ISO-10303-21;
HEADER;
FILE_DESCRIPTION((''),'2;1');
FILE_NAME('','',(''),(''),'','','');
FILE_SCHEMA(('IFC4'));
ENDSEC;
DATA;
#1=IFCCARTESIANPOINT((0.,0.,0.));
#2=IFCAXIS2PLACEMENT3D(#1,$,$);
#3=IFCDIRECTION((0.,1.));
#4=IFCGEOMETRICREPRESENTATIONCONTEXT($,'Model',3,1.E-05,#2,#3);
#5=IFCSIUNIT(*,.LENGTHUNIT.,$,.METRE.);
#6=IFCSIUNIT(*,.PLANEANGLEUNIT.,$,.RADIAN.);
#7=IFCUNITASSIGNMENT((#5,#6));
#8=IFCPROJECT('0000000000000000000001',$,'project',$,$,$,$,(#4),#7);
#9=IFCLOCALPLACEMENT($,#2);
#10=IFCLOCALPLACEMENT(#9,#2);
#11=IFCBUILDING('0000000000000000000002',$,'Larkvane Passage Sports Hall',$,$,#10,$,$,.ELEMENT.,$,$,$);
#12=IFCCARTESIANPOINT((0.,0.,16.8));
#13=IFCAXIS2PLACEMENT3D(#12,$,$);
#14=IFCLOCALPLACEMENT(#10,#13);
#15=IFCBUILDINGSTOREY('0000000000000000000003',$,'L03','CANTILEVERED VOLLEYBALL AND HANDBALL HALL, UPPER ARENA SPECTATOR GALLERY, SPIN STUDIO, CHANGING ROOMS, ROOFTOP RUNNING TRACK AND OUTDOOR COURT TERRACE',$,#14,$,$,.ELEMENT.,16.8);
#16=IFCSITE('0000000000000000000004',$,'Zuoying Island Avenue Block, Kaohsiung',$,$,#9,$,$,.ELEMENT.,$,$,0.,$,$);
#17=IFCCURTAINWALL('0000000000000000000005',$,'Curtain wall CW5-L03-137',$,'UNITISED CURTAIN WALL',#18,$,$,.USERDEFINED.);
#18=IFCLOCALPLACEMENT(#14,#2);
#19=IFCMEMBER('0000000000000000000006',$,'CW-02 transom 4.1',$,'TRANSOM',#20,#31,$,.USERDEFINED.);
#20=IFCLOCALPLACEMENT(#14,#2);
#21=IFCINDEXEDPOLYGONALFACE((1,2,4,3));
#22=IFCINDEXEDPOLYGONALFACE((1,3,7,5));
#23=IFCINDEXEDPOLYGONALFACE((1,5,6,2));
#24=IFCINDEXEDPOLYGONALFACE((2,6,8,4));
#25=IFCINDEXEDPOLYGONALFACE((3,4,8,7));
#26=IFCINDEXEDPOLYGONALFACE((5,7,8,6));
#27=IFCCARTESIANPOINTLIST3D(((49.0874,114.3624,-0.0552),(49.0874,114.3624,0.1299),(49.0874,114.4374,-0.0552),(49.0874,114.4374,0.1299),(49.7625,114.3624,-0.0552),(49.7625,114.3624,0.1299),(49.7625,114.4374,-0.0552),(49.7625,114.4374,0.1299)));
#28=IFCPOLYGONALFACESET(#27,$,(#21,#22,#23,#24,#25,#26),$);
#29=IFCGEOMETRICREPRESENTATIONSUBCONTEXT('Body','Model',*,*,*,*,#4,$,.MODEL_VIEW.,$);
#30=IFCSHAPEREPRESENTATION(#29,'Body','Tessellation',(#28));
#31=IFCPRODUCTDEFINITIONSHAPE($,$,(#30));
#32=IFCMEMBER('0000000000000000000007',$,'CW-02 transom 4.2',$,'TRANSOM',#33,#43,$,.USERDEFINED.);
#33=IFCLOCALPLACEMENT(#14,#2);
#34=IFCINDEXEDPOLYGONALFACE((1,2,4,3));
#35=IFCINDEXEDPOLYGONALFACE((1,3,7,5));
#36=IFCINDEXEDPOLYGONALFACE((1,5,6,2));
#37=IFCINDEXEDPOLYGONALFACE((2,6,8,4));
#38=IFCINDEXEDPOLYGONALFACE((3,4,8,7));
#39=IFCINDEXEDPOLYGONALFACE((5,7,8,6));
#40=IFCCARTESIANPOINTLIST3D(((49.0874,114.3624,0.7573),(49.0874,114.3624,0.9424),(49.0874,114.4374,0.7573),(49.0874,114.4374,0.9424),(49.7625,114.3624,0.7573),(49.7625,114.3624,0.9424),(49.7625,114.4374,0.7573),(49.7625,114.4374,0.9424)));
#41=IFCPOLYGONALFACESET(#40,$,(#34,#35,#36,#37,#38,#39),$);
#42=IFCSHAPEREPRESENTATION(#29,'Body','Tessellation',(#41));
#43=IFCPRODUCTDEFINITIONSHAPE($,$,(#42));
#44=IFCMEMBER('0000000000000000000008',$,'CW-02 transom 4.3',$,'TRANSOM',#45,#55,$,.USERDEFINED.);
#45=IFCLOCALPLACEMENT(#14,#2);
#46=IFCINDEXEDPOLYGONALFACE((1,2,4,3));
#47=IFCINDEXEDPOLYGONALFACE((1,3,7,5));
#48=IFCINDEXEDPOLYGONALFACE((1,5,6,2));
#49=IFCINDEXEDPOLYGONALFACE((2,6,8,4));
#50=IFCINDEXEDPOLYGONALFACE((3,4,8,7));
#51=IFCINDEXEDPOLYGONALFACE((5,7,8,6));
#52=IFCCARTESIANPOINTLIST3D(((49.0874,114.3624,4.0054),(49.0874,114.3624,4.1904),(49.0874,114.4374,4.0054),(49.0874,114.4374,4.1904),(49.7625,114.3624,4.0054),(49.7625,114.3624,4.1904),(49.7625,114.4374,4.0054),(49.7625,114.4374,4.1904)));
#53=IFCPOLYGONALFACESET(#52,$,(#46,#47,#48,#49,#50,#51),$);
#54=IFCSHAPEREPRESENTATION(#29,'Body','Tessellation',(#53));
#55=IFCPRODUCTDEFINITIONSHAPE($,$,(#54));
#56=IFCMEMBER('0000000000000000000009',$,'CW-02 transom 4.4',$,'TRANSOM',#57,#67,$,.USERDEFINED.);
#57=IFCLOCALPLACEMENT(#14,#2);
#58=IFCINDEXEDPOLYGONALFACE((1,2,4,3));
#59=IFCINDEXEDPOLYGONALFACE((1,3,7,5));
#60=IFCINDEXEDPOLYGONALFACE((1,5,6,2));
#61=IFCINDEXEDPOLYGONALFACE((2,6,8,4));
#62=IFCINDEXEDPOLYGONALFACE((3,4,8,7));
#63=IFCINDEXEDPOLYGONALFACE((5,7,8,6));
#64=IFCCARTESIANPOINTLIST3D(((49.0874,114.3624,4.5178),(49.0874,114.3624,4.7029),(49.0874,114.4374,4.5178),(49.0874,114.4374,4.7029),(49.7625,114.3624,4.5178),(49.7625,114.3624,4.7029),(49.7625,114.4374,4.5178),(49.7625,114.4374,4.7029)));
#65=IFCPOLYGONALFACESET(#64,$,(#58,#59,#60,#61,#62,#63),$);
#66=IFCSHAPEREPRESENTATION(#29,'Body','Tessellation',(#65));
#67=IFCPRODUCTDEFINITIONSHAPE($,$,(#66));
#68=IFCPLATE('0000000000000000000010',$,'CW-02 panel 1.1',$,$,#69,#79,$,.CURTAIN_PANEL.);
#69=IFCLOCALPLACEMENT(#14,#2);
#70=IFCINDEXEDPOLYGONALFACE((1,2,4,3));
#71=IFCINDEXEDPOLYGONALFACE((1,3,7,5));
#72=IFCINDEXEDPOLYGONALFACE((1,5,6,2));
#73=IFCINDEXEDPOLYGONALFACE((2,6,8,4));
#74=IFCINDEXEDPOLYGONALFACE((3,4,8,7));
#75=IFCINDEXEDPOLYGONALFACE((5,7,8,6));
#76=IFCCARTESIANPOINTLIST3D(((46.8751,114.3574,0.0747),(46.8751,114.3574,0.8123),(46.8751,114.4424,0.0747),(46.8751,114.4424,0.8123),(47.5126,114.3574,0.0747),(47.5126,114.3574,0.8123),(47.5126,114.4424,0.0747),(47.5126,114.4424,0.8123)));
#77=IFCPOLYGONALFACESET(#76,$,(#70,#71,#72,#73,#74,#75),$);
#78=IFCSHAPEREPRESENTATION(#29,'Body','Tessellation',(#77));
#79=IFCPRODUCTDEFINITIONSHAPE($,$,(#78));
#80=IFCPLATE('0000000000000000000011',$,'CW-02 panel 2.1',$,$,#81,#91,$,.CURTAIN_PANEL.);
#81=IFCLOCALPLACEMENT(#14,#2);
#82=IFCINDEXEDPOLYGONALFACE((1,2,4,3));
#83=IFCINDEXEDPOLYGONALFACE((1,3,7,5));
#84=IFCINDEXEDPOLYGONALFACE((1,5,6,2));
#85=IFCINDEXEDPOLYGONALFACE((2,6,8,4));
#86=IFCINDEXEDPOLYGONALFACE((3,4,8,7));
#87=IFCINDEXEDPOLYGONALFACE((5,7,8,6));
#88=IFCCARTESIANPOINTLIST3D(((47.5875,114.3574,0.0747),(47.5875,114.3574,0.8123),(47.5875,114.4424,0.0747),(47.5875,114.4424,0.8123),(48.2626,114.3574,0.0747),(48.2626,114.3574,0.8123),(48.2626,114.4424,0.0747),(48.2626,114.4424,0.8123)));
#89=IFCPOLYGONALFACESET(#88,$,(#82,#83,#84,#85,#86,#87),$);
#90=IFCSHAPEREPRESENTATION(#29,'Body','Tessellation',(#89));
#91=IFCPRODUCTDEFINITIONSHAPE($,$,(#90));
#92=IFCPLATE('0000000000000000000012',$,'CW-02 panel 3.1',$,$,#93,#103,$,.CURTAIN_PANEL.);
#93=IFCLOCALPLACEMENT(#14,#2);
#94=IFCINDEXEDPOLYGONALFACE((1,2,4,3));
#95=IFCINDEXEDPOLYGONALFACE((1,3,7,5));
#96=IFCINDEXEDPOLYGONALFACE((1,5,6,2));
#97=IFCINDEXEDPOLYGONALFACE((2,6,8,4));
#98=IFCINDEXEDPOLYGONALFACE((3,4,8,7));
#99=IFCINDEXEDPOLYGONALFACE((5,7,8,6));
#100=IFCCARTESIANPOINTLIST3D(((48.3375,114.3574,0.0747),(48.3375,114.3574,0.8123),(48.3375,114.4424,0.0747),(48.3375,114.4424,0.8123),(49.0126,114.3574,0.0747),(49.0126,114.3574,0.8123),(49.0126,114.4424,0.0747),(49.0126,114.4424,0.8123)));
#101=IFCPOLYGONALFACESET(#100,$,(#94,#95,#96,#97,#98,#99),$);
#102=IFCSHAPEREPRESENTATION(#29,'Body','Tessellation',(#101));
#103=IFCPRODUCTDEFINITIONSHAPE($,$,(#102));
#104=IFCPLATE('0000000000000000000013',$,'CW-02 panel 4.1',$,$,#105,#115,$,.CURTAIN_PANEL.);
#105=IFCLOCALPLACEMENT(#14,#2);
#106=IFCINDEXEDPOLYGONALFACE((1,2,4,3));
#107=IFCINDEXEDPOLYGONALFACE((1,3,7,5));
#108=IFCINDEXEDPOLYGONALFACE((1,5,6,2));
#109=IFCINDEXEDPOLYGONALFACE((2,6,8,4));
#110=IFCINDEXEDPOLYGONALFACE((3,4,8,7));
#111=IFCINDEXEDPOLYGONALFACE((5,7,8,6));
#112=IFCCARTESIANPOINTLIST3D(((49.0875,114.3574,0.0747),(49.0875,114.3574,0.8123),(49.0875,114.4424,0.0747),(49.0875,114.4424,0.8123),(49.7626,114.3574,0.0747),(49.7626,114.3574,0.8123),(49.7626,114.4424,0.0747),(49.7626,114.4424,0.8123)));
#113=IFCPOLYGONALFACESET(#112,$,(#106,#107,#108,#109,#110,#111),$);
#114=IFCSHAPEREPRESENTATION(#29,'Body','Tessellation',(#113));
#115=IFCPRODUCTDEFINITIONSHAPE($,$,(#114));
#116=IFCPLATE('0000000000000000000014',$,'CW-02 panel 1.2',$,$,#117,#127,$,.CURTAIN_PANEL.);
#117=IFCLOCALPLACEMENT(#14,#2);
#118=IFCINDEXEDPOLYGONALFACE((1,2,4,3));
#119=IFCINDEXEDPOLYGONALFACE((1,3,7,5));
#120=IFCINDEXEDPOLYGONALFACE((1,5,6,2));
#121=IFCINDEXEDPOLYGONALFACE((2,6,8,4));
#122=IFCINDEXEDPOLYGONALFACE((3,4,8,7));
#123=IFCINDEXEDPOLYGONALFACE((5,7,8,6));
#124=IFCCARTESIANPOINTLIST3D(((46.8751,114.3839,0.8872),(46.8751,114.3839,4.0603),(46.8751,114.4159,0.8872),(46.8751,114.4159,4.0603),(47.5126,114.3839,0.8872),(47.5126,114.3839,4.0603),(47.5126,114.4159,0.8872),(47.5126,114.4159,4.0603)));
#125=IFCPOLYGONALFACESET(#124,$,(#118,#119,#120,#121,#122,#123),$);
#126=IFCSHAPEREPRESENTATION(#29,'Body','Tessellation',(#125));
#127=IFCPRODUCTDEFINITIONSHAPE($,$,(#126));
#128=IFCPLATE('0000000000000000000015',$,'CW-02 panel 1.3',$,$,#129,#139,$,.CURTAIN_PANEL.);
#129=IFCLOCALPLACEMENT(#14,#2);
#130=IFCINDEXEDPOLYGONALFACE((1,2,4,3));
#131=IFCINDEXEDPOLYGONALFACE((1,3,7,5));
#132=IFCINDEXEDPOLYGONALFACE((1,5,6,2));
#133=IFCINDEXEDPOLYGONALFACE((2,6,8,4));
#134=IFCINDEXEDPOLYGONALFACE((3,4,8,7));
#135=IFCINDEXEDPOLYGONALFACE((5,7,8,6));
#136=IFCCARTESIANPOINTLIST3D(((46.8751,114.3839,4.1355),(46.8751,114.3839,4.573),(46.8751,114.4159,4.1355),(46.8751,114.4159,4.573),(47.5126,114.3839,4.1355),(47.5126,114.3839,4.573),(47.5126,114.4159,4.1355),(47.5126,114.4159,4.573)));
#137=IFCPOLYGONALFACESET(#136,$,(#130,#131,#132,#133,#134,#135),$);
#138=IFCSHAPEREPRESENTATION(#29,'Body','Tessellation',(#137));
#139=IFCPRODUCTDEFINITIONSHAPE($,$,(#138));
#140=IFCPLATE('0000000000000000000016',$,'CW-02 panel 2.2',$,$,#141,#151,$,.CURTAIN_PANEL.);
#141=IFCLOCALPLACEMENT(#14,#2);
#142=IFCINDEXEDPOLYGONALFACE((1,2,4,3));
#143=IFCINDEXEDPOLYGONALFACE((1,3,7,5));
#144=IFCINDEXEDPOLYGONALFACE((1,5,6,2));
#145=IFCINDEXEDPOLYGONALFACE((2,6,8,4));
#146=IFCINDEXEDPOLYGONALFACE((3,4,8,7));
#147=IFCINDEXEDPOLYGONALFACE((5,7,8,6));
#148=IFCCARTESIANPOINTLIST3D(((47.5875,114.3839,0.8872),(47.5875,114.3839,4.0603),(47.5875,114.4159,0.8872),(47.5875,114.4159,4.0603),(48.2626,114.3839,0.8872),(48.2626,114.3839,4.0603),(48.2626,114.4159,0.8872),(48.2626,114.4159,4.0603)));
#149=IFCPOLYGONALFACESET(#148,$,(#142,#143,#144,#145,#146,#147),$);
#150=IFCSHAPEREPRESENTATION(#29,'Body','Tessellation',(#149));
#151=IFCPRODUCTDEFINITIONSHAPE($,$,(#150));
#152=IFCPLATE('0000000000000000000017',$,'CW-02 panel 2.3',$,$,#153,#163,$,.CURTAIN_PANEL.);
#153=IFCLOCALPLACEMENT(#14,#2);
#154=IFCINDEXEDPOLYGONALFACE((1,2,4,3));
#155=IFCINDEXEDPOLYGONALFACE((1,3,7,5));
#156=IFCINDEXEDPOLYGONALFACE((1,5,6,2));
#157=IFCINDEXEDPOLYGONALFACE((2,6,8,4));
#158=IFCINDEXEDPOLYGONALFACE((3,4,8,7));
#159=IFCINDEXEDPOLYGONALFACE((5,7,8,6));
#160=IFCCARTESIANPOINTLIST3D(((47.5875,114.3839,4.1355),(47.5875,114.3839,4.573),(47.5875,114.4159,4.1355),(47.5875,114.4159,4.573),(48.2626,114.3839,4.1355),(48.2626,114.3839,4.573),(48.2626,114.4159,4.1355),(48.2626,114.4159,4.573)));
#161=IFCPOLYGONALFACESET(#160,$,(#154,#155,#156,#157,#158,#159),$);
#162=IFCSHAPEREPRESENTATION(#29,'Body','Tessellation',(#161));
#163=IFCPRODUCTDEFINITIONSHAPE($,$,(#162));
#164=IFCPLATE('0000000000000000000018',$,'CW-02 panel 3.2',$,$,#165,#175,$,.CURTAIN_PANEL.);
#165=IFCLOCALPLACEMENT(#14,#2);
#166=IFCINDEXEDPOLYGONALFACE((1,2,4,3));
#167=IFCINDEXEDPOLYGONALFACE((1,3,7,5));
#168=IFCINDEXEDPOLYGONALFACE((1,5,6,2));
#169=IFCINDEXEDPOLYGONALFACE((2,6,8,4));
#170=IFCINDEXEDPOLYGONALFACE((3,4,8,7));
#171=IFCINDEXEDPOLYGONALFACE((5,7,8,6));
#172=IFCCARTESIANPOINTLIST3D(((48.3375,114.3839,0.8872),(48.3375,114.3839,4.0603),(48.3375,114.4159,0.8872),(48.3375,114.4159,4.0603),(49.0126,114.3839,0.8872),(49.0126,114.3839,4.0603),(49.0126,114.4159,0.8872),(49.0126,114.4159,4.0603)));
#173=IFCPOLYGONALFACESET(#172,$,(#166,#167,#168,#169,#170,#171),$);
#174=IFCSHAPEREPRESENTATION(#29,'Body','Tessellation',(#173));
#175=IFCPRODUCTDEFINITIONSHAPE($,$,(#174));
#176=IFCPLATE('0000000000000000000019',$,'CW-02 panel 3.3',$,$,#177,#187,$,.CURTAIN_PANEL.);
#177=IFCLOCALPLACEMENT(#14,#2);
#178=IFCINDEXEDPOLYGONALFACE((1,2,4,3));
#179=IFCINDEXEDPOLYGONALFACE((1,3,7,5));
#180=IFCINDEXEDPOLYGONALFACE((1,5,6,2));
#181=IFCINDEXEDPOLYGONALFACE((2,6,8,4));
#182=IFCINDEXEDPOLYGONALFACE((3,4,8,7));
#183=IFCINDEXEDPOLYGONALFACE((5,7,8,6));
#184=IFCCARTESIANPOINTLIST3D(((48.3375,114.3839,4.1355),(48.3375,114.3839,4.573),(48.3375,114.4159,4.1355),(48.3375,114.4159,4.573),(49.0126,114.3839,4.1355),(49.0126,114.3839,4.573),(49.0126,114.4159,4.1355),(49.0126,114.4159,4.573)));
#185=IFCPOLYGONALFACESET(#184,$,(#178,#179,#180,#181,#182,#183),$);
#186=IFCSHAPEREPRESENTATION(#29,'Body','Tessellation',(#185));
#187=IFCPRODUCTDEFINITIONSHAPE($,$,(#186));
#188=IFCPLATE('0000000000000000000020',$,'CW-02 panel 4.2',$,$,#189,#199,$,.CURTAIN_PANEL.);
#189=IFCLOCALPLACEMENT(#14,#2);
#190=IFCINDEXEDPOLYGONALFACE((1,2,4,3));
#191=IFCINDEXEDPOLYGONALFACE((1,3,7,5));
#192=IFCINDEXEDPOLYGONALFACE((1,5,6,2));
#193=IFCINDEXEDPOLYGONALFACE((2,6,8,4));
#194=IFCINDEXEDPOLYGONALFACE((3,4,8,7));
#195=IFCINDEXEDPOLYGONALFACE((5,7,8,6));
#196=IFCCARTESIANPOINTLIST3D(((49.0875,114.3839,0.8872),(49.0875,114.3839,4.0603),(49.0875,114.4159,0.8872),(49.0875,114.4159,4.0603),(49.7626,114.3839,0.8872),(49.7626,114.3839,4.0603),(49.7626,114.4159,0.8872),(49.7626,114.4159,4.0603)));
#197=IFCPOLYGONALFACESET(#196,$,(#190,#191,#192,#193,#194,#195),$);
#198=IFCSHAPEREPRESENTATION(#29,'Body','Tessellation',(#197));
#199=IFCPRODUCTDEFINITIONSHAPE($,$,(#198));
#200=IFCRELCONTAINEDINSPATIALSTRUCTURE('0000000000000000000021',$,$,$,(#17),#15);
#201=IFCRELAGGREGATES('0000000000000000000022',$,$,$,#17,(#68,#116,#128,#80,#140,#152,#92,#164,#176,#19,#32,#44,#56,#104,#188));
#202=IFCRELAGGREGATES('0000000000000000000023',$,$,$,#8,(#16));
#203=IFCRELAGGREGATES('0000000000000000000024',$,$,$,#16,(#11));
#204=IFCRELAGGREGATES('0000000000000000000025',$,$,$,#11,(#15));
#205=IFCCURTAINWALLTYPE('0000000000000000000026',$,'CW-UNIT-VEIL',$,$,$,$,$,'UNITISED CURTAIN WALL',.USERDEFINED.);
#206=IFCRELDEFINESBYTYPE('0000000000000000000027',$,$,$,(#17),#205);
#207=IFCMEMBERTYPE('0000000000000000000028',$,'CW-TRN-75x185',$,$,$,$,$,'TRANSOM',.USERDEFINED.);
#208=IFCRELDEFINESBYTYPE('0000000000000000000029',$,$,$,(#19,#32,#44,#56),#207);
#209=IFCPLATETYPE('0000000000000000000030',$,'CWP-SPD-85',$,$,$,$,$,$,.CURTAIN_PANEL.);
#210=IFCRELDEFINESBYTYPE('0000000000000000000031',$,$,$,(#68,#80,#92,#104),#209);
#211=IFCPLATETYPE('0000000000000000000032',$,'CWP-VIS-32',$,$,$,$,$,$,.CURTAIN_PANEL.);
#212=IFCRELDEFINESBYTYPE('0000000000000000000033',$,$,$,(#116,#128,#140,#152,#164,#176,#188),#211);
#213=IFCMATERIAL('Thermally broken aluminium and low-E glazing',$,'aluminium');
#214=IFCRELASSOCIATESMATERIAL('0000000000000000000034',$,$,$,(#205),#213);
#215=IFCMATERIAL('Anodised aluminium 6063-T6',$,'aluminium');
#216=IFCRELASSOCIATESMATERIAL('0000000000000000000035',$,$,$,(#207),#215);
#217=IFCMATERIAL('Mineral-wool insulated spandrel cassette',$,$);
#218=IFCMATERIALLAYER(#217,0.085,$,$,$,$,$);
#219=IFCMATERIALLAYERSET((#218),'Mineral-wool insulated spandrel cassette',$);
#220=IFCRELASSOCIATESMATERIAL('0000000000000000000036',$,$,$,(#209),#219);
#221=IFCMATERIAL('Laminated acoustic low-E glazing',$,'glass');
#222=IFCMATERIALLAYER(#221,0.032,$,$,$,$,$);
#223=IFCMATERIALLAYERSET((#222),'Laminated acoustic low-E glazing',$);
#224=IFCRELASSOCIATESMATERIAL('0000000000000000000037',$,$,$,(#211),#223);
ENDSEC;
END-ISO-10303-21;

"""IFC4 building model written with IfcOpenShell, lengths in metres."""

from ifc_helpers import new_model, si_unit, direction, frame, origin, origin_2d, place, context, subcontext, project, spatial, rectangle, extrude, material, layer, layer_set, material_profile, profile_set, type_object, element, aggregate, save


model = new_model("IFC4")

# Units and contexts
model_context = context("Model", 3, precision=1e-05, world=origin(), true_north=direction((0.0, 1.0)))
body_context = subcontext(model_context, "Body", "Model", "MODEL_VIEW")
ifc_project = project(units=[si_unit("LENGTHUNIT", "METRE"), si_unit("PLANEANGLEUNIT", "RADIAN")], contexts=[model_context])

# Site, building, storey
site_placement = place(None, origin())
site = spatial("IfcSite", under=ifc_project, at=site_placement, Name="Zuoying Island Avenue Block, Kaohsiung", CompositionType="ELEMENT", RefElevation=0.0)
building_placement = place(site_placement, origin())
building = spatial("IfcBuilding", under=site, at=building_placement, Name="Larkvane Passage Sports Hall", CompositionType="ELEMENT")
storey_placement = place(building_placement, frame((0.0, 0.0, 16.8)))
storey = spatial("IfcBuildingStorey", under=building, at=storey_placement, Name="L03", Description="CANTILEVERED VOLLEYBALL AND HANDBALL HALL, UPPER ARENA SPECTATOR GALLERY, SPIN STUDIO, CHANGING ROOMS, ROOFTOP RUNNING TRACK AND OUTDOOR COURT TERRACE", CompositionType="ELEMENT", Elevation=16.8)

# Curtain wall, members, plates
ifc_material_1 = material(Name="Thermally broken aluminium and low-E glazing", Category="aluminium")
curtain_wall_type = type_object("IfcCurtainWallType", Name="CW-UNIT-VEIL", ElementType="UNITISED CURTAIN WALL", PredefinedType="USERDEFINED", material=ifc_material_1)
curtain_wall_placement = place(storey_placement, origin())
curtain_wall = element("IfcCurtainWall", 1, at=curtain_wall_placement, inside=storey, type_object=curtain_wall_type, Name="Curtain wall CW5-L03-137", ObjectType="UNITISED CURTAIN WALL", PredefinedType="USERDEFINED")
ifc_material_2 = material(Name="Anodised aluminium 6063-T6", Category="aluminium")
ifc_material_profile_1 = material_profile(ifc_material_2, rectangle(XDim=0.075, YDim=0.1851, at=origin_2d()), Name="ALU-TRN-75x185")
ifc_profile_set_1 = profile_set([ifc_material_profile_1], Name="Anodised aluminium 6063-T6")
member_type_1 = type_object("IfcMemberType", Name="CW-TRN-75x185", ElementType="TRANSOM", PredefinedType="USERDEFINED", material=ifc_profile_set_1)
member_1_placement = place(storey_placement, frame((49.0874, 114.3999, 0.0374), z_axis=(1.0, 0.0, 0.0), x_axis=(0.0, 1.0, 0.0)))
member_1 = element("IfcMember", 2, at=member_1_placement, type_object=member_type_1, Name="CW-02 transom 4.1", ObjectType="TRANSOM", PredefinedType="USERDEFINED", context=body_context, shape_type="SweptSolid", body=[
    extrude(rectangle(XDim=0.075, YDim=0.1851, at=origin_2d()), origin(), (0.0, 0.0, 1.0), 0.675),
])
member_2_placement = place(storey_placement, frame((49.0874, 114.3999, 0.8499), z_axis=(1.0, 0.0, 0.0), x_axis=(0.0, 1.0, 0.0)))
member_2 = element("IfcMember", 3, at=member_2_placement, type_object=member_type_1, Name="CW-02 transom 4.2", ObjectType="TRANSOM", PredefinedType="USERDEFINED", context=body_context, shape_type="SweptSolid", body=[
    extrude(rectangle(XDim=0.075, YDim=0.1851, at=origin_2d()), origin(), (0.0, 0.0, 1.0), 0.675),
])
member_3_placement = place(storey_placement, frame((49.0874, 114.3999, 4.0979), z_axis=(1.0, 0.0, 0.0), x_axis=(0.0, 1.0, 0.0)))
member_3 = element("IfcMember", 4, at=member_3_placement, type_object=member_type_1, Name="CW-02 transom 4.3", ObjectType="TRANSOM", PredefinedType="USERDEFINED", context=body_context, shape_type="SweptSolid", body=[
    extrude(rectangle(XDim=0.075, YDim=0.1851, at=origin_2d()), origin(), (0.0, 0.0, 1.0), 0.675),
])
member_4_placement = place(storey_placement, frame((49.0874, 114.3999, 4.6104), z_axis=(1.0, 0.0, 0.0), x_axis=(0.0, 1.0, 0.0)))
member_4 = element("IfcMember", 5, at=member_4_placement, type_object=member_type_1, Name="CW-02 transom 4.4", ObjectType="TRANSOM", PredefinedType="USERDEFINED", context=body_context, shape_type="SweptSolid", body=[
    extrude(rectangle(XDim=0.075, YDim=0.1851, at=origin_2d()), origin(), (0.0, 0.0, 1.0), 0.675),
])
ifc_material_3 = material(Name="Mineral-wool insulated spandrel cassette")
ifc_layer_1 = layer(ifc_material_3, 0.085)
ifc_layer_set_1 = layer_set([ifc_layer_1], Name="Mineral-wool insulated spandrel cassette")
plate_type_1 = type_object("IfcPlateType", Name="CWP-SPD-85", PredefinedType="CURTAIN_PANEL", material=ifc_layer_set_1)
plate_1_placement = place(storey_placement, frame((47.1938, 114.3999, 0.0747), z_axis=(0.0, 0.0, 1.0), x_axis=(1.0, 0.0, 0.0)))
plate_1 = element("IfcPlate", 6, at=plate_1_placement, type_object=plate_type_1, Name="CW-02 panel 1.1", PredefinedType="CURTAIN_PANEL", context=body_context, shape_type="SweptSolid", body=[
    extrude(rectangle(XDim=0.6375, YDim=0.085, at=origin_2d()), origin(), (0.0, 0.0, 1.0), 0.7375),
])
plate_2_placement = place(storey_placement, frame((47.925, 114.3999, 0.0747), z_axis=(0.0, 0.0, 1.0), x_axis=(1.0, 0.0, 0.0)))
plate_2 = element("IfcPlate", 7, at=plate_2_placement, type_object=plate_type_1, Name="CW-02 panel 2.1", PredefinedType="CURTAIN_PANEL", context=body_context, shape_type="SweptSolid", body=[
    extrude(rectangle(XDim=0.675, YDim=0.085, at=origin_2d()), origin(), (0.0, 0.0, 1.0), 0.7375),
])
plate_3_placement = place(storey_placement, frame((48.675, 114.3999, 0.0747), z_axis=(0.0, 0.0, 1.0), x_axis=(1.0, 0.0, 0.0)))
plate_3 = element("IfcPlate", 8, at=plate_3_placement, type_object=plate_type_1, Name="CW-02 panel 3.1", PredefinedType="CURTAIN_PANEL", context=body_context, shape_type="SweptSolid", body=[
    extrude(rectangle(XDim=0.675, YDim=0.085, at=origin_2d()), origin(), (0.0, 0.0, 1.0), 0.7375),
])
plate_4_placement = place(storey_placement, frame((49.425, 114.3999, 0.0747), z_axis=(0.0, 0.0, 1.0), x_axis=(1.0, 0.0, 0.0)))
plate_4 = element("IfcPlate", 9, at=plate_4_placement, type_object=plate_type_1, Name="CW-02 panel 4.1", PredefinedType="CURTAIN_PANEL", context=body_context, shape_type="SweptSolid", body=[
    extrude(rectangle(XDim=0.675, YDim=0.085, at=origin_2d()), origin(), (0.0, 0.0, 1.0), 0.7375),
])
ifc_material_4 = material(Name="Laminated acoustic low-E glazing", Category="glass")
ifc_layer_2 = layer(ifc_material_4, 0.032)
ifc_layer_set_2 = layer_set([ifc_layer_2], Name="Laminated acoustic low-E glazing")
plate_type_2 = type_object("IfcPlateType", Name="CWP-VIS-32", PredefinedType="CURTAIN_PANEL", material=ifc_layer_set_2)
plate_5_placement = place(storey_placement, frame((47.1938, 114.3999, 0.8872), z_axis=(0.0, 0.0, 1.0), x_axis=(1.0, 0.0, 0.0)))
plate_5 = element("IfcPlate", 10, at=plate_5_placement, type_object=plate_type_2, Name="CW-02 panel 1.2", PredefinedType="CURTAIN_PANEL", context=body_context, shape_type="SweptSolid", body=[
    extrude(rectangle(XDim=0.6375, YDim=0.032, at=origin_2d()), origin(), (0.0, 0.0, 1.0), 3.1731),
])
plate_6_placement = place(storey_placement, frame((47.1938, 114.3999, 4.1355), z_axis=(0.0, 0.0, 1.0), x_axis=(1.0, 0.0, 0.0)))
plate_6 = element("IfcPlate", 11, at=plate_6_placement, type_object=plate_type_2, Name="CW-02 panel 1.3", PredefinedType="CURTAIN_PANEL", context=body_context, shape_type="SweptSolid", body=[
    extrude(rectangle(XDim=0.6375, YDim=0.032, at=origin_2d()), origin(), (0.0, 0.0, 1.0), 0.4375),
])
plate_7_placement = place(storey_placement, frame((47.925, 114.3999, 0.8872), z_axis=(0.0, 0.0, 1.0), x_axis=(1.0, 0.0, 0.0)))
plate_7 = element("IfcPlate", 12, at=plate_7_placement, type_object=plate_type_2, Name="CW-02 panel 2.2", PredefinedType="CURTAIN_PANEL", context=body_context, shape_type="SweptSolid", body=[
    extrude(rectangle(XDim=0.675, YDim=0.032, at=origin_2d()), origin(), (0.0, 0.0, 1.0), 3.1731),
])
plate_8_placement = place(storey_placement, frame((47.925, 114.3999, 4.1355), z_axis=(0.0, 0.0, 1.0), x_axis=(1.0, 0.0, 0.0)))
plate_8 = element("IfcPlate", 13, at=plate_8_placement, type_object=plate_type_2, Name="CW-02 panel 2.3", PredefinedType="CURTAIN_PANEL", context=body_context, shape_type="SweptSolid", body=[
    extrude(rectangle(XDim=0.675, YDim=0.032, at=origin_2d()), origin(), (0.0, 0.0, 1.0), 0.4375),
])
plate_9_placement = place(storey_placement, frame((48.675, 114.3999, 0.8872), z_axis=(0.0, 0.0, 1.0), x_axis=(1.0, 0.0, 0.0)))
plate_9 = element("IfcPlate", 14, at=plate_9_placement, type_object=plate_type_2, Name="CW-02 panel 3.2", PredefinedType="CURTAIN_PANEL", context=body_context, shape_type="SweptSolid", body=[
    extrude(rectangle(XDim=0.675, YDim=0.032, at=origin_2d()), origin(), (0.0, 0.0, 1.0), 3.1731),
])
plate_10_placement = place(storey_placement, frame((48.675, 114.3999, 4.1355), z_axis=(0.0, 0.0, 1.0), x_axis=(1.0, 0.0, 0.0)))
plate_10 = element("IfcPlate", 15, at=plate_10_placement, type_object=plate_type_2, Name="CW-02 panel 3.3", PredefinedType="CURTAIN_PANEL", context=body_context, shape_type="SweptSolid", body=[
    extrude(rectangle(XDim=0.675, YDim=0.032, at=origin_2d()), origin(), (0.0, 0.0, 1.0), 0.4375),
])
plate_11_placement = place(storey_placement, frame((49.425, 114.3999, 0.8872), z_axis=(0.0, 0.0, 1.0), x_axis=(1.0, 0.0, 0.0)))
plate_11 = element("IfcPlate", 16, at=plate_11_placement, type_object=plate_type_2, Name="CW-02 panel 4.2", PredefinedType="CURTAIN_PANEL", context=body_context, shape_type="SweptSolid", body=[
    extrude(rectangle(XDim=0.675, YDim=0.032, at=origin_2d()), origin(), (0.0, 0.0, 1.0), 3.1731),
])
aggregate(curtain_wall, [plate_1, plate_5, plate_6, plate_2, plate_7, plate_8, plate_3, plate_9, plate_10, member_1, member_2, member_3, member_4, plate_4, plate_11])

save(model, "model.ifc")
